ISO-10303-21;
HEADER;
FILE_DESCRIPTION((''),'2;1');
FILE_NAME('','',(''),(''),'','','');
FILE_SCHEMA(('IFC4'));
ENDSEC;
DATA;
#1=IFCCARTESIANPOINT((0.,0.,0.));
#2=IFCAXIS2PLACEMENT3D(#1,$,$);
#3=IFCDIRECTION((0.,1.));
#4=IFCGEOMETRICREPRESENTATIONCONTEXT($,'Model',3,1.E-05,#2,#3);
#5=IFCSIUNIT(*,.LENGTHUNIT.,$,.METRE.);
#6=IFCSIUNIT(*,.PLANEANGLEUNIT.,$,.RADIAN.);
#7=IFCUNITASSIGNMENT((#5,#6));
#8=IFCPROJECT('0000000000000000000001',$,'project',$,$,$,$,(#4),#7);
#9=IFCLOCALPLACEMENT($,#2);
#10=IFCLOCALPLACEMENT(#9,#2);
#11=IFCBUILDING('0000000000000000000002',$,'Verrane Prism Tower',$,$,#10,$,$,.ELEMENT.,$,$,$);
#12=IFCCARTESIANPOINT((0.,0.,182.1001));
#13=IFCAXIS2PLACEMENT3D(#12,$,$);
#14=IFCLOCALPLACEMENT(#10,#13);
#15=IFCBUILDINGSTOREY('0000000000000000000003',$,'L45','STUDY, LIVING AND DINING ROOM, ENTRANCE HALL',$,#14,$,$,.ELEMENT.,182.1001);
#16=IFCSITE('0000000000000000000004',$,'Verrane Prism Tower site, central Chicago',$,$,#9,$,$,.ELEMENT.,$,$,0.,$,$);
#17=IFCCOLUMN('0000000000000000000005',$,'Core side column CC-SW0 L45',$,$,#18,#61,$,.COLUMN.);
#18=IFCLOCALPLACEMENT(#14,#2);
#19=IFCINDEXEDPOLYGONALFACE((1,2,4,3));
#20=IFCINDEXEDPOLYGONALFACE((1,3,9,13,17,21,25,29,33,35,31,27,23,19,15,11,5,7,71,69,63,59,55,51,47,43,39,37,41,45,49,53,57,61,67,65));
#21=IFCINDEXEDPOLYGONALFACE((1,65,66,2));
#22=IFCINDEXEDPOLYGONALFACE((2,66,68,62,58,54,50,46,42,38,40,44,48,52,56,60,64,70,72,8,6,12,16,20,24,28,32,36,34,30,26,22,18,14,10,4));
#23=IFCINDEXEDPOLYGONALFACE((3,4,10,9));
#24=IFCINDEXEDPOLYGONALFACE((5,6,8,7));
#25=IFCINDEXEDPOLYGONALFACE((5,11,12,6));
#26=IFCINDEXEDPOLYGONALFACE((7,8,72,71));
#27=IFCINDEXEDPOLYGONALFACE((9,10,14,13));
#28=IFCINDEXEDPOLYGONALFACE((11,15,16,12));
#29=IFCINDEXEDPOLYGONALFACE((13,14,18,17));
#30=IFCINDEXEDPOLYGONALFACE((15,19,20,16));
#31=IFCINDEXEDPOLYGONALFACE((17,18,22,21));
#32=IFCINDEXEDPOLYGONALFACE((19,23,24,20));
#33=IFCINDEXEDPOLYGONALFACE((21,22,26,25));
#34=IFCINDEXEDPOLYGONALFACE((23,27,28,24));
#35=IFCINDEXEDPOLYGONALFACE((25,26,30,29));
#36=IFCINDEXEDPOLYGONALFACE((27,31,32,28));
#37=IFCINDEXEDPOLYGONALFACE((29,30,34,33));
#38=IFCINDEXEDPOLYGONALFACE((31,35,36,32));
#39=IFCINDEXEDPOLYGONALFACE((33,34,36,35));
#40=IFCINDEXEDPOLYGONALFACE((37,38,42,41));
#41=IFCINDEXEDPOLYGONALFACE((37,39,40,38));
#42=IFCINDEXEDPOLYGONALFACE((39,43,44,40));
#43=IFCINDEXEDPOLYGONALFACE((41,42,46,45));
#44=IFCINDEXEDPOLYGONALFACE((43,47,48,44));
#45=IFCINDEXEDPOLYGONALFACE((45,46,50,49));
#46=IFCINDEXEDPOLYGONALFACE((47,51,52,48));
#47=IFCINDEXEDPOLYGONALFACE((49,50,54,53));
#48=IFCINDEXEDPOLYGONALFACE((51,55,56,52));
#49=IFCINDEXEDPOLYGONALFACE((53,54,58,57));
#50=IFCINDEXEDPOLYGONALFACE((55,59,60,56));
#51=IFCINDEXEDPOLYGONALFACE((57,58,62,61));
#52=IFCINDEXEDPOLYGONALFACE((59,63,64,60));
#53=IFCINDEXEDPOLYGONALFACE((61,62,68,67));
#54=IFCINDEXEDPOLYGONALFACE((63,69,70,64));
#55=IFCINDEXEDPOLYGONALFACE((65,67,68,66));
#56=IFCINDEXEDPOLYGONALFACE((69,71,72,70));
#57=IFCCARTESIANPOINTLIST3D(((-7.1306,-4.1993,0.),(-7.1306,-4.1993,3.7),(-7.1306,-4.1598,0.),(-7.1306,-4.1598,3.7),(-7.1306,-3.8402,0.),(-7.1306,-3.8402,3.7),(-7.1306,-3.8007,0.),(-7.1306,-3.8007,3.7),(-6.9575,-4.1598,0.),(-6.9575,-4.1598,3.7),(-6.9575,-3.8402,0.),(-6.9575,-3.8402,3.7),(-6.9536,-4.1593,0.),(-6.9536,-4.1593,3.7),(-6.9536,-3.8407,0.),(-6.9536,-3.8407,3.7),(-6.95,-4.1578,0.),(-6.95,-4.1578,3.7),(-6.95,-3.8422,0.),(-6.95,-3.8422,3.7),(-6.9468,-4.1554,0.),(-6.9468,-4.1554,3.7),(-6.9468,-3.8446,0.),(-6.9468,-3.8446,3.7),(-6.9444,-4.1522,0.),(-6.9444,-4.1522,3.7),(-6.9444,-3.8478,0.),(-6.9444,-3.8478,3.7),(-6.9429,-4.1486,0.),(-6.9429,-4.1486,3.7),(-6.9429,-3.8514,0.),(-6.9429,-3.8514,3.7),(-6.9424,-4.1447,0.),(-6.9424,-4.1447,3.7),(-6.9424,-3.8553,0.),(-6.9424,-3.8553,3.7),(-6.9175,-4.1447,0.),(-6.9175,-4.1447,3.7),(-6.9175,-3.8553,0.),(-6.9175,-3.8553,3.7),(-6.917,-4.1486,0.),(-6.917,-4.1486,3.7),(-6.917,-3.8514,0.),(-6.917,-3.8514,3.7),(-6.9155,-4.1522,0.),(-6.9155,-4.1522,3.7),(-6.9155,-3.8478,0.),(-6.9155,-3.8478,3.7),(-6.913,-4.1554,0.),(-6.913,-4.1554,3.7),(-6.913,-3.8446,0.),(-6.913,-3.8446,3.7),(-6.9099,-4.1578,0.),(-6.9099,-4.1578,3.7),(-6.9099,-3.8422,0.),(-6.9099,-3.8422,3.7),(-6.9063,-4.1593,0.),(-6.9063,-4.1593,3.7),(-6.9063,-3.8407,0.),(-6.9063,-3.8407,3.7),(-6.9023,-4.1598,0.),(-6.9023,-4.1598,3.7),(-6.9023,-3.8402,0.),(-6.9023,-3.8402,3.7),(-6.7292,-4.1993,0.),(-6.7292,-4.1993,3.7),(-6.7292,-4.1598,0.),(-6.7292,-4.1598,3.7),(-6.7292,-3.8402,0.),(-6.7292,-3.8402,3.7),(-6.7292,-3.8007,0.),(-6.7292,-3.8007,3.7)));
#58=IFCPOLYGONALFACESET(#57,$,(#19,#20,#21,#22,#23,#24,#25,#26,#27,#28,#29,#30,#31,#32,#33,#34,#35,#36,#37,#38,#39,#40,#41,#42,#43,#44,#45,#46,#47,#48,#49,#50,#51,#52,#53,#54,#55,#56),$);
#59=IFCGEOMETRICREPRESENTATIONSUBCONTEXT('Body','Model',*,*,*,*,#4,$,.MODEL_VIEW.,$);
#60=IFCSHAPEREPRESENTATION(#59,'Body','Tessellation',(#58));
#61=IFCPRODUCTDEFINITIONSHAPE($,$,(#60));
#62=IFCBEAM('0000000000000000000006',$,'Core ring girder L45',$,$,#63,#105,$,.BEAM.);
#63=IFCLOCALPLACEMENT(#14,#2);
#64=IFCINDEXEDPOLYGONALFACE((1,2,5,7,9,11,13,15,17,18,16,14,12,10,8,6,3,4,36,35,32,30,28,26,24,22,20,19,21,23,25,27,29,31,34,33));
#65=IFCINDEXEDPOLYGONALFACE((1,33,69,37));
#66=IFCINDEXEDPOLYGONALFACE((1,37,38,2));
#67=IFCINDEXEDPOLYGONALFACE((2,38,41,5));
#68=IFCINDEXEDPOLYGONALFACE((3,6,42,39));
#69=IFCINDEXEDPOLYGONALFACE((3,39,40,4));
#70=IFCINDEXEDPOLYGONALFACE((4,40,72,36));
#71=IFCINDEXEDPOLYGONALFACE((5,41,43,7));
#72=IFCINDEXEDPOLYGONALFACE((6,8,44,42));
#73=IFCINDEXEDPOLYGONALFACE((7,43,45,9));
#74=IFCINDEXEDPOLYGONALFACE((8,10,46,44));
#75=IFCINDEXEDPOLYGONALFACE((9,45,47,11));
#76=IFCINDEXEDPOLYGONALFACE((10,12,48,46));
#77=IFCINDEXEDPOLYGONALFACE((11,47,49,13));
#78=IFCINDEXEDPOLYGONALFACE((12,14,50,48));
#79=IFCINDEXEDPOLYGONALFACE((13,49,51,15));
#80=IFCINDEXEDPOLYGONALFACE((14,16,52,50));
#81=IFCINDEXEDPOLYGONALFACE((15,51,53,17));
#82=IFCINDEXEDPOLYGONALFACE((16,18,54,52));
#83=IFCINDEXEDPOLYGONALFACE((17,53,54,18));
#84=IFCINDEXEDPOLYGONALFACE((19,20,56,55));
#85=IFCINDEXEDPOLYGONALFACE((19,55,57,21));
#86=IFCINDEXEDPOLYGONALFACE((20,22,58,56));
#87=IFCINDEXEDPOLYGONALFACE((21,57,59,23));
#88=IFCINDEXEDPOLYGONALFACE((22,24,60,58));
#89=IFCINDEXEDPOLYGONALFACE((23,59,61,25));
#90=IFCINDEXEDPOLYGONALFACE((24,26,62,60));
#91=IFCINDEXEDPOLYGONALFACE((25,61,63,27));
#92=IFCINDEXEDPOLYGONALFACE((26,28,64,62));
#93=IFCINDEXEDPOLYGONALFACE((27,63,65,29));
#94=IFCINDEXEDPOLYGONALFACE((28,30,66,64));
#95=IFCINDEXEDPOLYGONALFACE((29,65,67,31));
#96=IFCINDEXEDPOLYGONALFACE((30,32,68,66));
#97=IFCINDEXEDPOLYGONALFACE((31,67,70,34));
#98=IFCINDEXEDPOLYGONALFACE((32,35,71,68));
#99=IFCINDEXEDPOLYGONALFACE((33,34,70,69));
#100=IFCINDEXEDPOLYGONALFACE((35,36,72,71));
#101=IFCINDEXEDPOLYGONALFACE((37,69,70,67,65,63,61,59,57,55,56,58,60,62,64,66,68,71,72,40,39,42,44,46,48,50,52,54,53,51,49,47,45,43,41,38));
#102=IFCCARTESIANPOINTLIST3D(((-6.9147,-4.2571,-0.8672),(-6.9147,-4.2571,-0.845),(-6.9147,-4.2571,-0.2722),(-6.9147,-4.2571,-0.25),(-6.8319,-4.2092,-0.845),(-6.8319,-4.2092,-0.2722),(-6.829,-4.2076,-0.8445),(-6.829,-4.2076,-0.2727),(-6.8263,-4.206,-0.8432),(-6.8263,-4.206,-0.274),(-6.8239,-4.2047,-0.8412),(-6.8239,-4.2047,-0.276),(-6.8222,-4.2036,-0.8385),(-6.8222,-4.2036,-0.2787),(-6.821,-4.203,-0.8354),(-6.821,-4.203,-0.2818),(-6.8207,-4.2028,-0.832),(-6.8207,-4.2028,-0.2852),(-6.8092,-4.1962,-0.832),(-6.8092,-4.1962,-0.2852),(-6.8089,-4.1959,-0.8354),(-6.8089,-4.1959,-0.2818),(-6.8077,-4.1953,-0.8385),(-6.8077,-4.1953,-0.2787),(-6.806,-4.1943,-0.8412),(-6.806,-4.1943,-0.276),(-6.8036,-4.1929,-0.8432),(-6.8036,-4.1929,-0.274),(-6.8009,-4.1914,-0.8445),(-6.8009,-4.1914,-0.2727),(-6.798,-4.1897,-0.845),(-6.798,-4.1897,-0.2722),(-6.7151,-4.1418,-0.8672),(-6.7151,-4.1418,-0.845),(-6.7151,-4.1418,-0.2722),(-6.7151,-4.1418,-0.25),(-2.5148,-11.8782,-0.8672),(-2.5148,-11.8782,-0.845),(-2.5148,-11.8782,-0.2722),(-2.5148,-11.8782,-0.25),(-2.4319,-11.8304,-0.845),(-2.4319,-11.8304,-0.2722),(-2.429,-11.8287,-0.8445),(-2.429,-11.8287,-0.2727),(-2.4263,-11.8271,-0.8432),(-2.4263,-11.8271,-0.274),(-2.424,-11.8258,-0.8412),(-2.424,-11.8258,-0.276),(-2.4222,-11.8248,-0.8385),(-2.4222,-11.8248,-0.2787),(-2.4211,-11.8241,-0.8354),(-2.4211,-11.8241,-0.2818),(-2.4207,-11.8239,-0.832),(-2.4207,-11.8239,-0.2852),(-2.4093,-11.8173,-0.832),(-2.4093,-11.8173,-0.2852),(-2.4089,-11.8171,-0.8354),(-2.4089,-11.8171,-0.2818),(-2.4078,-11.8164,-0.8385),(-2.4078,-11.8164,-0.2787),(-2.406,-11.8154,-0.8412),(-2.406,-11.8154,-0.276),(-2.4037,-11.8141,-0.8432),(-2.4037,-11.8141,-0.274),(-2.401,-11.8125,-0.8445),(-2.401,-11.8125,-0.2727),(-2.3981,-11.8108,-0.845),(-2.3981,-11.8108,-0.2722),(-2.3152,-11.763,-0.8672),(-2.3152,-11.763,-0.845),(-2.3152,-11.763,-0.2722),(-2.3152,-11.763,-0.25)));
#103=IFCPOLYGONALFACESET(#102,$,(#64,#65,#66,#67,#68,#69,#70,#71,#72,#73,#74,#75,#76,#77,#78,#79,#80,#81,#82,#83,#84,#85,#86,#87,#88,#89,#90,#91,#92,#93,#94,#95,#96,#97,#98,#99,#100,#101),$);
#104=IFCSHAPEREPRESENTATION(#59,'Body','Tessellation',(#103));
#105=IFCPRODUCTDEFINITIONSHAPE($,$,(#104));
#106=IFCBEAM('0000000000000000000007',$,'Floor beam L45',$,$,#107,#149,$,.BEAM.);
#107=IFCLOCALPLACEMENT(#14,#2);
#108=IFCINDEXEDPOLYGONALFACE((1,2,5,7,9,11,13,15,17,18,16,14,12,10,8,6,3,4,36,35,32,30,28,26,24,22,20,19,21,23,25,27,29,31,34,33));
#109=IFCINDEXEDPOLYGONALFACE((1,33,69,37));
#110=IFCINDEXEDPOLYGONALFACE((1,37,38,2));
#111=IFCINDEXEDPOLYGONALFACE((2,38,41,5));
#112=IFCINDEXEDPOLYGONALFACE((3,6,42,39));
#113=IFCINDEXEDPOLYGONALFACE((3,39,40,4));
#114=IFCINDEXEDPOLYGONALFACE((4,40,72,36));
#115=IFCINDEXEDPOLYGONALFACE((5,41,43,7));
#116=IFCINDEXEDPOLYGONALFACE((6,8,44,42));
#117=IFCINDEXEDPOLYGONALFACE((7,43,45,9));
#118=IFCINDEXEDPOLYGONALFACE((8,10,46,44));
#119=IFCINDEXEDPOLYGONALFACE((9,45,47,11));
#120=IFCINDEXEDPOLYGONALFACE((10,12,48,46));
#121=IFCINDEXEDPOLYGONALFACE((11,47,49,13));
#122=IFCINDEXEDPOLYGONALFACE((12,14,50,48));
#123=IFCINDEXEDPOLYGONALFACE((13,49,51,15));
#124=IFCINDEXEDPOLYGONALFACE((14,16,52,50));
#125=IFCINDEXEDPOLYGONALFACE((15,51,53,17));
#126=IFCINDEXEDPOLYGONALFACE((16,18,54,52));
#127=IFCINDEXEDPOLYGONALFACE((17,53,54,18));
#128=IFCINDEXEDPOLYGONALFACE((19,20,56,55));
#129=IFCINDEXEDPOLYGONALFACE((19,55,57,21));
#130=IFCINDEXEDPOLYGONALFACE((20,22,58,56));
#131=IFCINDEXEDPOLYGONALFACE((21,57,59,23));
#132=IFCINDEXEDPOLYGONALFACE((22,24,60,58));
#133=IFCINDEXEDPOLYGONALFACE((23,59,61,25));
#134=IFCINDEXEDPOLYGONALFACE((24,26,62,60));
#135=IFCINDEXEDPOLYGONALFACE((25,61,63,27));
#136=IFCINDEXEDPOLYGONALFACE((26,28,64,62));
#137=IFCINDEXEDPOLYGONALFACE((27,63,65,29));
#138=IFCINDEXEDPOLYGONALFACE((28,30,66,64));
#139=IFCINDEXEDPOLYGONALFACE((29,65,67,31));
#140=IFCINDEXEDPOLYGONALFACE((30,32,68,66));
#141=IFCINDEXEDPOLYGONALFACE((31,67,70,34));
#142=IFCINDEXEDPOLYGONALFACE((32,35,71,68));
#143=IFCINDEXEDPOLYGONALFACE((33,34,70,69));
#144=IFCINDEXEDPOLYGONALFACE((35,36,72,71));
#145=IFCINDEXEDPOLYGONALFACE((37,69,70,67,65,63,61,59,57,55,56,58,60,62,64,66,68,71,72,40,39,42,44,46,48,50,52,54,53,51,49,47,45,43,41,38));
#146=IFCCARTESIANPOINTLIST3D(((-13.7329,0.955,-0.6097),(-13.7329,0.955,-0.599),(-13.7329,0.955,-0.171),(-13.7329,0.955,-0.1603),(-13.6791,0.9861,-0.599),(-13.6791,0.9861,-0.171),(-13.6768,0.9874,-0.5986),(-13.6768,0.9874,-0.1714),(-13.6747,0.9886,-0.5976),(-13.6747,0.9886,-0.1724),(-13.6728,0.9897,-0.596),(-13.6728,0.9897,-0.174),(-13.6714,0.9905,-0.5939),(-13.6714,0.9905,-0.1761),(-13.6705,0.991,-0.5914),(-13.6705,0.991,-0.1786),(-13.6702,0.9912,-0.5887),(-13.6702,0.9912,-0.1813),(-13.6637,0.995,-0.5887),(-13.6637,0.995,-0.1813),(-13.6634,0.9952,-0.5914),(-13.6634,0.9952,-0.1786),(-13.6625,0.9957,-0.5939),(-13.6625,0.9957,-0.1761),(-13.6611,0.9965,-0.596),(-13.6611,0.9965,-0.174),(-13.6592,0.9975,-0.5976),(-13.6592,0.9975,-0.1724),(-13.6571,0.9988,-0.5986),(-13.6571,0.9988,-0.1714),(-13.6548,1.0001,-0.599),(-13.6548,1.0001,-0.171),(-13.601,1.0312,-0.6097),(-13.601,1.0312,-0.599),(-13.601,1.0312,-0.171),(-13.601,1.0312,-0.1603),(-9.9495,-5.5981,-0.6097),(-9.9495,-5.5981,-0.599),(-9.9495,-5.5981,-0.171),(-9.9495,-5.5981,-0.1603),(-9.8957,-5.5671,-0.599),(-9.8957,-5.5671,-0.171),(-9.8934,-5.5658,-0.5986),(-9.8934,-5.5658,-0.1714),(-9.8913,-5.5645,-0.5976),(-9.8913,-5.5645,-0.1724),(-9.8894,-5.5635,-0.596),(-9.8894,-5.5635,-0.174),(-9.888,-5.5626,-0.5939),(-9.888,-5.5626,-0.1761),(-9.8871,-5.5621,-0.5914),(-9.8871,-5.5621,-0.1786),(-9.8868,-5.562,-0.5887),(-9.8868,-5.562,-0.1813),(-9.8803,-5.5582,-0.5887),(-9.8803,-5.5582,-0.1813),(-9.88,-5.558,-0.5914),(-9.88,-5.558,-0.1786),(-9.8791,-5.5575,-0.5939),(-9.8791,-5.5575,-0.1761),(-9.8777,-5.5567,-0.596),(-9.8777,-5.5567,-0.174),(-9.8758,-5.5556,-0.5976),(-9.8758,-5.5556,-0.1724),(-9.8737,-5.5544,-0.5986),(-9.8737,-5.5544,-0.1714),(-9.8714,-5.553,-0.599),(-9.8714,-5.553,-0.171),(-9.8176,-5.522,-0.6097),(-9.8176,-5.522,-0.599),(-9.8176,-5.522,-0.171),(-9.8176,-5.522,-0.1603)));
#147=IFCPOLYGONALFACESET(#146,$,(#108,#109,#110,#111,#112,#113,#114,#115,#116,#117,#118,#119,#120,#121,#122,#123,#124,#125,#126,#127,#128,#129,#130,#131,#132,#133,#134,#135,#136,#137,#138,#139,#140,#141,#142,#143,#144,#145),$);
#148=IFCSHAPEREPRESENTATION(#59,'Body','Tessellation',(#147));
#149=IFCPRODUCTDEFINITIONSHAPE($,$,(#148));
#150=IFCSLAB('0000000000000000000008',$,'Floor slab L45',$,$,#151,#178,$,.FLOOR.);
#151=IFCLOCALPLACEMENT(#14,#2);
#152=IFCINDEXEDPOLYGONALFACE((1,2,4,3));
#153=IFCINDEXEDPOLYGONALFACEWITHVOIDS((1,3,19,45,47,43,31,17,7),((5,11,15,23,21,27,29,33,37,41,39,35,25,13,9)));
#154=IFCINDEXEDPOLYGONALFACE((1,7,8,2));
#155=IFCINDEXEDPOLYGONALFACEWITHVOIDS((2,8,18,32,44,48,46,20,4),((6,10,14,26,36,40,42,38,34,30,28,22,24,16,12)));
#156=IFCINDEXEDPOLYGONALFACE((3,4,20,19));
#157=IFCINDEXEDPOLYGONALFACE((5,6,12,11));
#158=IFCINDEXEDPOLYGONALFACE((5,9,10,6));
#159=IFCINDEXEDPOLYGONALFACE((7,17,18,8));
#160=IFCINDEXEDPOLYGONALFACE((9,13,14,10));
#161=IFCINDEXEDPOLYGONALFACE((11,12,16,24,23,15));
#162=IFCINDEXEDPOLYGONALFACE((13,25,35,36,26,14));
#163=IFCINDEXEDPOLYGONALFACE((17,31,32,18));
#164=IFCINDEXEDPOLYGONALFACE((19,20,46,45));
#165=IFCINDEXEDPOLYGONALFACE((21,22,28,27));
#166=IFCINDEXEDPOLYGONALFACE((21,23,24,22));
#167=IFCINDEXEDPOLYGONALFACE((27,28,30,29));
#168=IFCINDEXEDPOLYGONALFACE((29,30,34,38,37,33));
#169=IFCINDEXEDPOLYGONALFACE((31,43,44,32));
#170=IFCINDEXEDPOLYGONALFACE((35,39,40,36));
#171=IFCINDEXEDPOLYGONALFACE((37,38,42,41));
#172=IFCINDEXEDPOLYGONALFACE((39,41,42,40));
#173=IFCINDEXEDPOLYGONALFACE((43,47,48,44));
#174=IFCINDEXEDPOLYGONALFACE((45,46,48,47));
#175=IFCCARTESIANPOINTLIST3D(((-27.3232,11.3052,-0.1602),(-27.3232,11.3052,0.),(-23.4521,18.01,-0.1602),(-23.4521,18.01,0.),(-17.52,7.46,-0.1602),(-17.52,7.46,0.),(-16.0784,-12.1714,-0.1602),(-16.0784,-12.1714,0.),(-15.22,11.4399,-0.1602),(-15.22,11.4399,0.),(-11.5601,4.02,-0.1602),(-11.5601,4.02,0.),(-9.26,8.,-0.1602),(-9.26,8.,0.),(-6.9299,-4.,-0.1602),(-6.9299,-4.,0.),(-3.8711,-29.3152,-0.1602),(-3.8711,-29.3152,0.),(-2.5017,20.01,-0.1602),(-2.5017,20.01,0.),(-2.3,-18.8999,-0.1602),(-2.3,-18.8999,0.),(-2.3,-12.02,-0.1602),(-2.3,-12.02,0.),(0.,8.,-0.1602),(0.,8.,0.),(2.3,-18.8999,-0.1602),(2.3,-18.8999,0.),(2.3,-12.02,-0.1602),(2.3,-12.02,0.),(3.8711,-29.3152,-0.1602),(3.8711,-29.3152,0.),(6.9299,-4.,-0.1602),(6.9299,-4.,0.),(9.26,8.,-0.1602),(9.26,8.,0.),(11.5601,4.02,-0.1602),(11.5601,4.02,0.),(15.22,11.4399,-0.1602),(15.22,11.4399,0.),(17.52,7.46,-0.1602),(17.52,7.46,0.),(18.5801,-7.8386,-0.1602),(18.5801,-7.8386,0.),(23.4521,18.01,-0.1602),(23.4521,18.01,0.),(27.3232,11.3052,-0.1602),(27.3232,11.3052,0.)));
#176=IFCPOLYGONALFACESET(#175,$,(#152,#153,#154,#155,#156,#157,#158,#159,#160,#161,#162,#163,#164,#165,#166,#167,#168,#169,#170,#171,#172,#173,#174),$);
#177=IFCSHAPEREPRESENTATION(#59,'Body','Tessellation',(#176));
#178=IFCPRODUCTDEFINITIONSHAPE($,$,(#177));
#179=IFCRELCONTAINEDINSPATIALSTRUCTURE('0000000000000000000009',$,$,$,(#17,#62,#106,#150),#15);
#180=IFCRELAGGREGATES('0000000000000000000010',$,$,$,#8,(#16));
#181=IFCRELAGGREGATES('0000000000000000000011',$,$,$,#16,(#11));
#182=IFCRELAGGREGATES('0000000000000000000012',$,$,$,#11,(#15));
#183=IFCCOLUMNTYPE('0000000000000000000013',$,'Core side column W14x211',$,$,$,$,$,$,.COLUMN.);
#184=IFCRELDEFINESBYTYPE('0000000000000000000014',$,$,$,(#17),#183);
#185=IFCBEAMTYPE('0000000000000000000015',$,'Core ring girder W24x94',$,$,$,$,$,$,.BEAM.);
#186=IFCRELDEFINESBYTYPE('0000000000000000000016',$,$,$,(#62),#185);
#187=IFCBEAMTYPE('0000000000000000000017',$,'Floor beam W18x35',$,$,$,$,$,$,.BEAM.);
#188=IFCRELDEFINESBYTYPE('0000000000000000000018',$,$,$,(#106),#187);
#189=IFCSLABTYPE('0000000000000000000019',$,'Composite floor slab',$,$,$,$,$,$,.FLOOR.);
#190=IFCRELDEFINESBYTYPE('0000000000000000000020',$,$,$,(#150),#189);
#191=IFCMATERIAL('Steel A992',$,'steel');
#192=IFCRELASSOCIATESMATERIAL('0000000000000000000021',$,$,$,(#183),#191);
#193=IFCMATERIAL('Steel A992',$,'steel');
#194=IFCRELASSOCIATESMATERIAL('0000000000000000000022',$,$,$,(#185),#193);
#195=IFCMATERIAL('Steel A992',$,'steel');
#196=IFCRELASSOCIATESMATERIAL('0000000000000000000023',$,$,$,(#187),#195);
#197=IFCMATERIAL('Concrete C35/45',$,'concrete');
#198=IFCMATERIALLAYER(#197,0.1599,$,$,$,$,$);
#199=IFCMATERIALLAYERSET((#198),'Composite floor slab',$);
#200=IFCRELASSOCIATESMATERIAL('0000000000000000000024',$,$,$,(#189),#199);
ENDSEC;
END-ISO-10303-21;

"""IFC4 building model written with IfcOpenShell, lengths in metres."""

from ifc_helpers import new_model, si_unit, direction, frame, origin, origin_2d, place, context, subcontext, project, spatial, polyline, i_section, outline, extrude, material, layer, layer_set, material_profile, profile_set, type_object, element, save


model = new_model("IFC4")

# Units and contexts
model_context = context("Model", 3, precision=1e-05, world=origin(), true_north=direction((0.0, 1.0)))
body_context = subcontext(model_context, "Body", "Model", "MODEL_VIEW")
ifc_project = project(units=[si_unit("LENGTHUNIT", "METRE"), si_unit("PLANEANGLEUNIT", "RADIAN")], contexts=[model_context])

# Site, building, storey
site_placement = place(None, origin())
site = spatial("IfcSite", under=ifc_project, at=site_placement, Name="Verrane Prism Tower site, central Chicago", CompositionType="ELEMENT", RefElevation=0.0)
building_placement = place(site_placement, origin())
building = spatial("IfcBuilding", under=site, at=building_placement, Name="Verrane Prism Tower", CompositionType="ELEMENT")
storey_placement = place(building_placement, frame((0.0, 0.0, 182.1001)))
storey = spatial("IfcBuildingStorey", under=building, at=storey_placement, Name="L45", Description="STUDY, LIVING AND DINING ROOM, ENTRANCE HALL", CompositionType="ELEMENT", Elevation=182.1001)

# Column
ifc_material_1 = material(Name="Steel A992", Category="steel")
ifc_material_profile_1 = material_profile(ifc_material_1, i_section(OverallWidth=0.4014, OverallDepth=0.3987, WebThickness=0.0249, FlangeThickness=0.0396, FilletRadius=0.0151, at=origin_2d()), Name="W14x211")
ifc_profile_set_1 = profile_set([ifc_material_profile_1], Name="Steel A992")
column_type = type_object("IfcColumnType", Name="Core side column W14x211", PredefinedType="COLUMN", material=ifc_profile_set_1)
column_placement = place(storey_placement, frame((-6.9299, -4.0, 0.0), z_axis=(0.0, 0.0, 1.0), x_axis=(1.0, 0.0, 0.0)))
element("IfcColumn", 1, at=column_placement, inside=storey, type_object=column_type, Name="Core side column CC-SW0 L45", PredefinedType="COLUMN", context=body_context, shape_type="SweptSolid", body=[
    extrude(i_section(OverallWidth=0.4014, OverallDepth=0.3987, WebThickness=0.0249, FlangeThickness=0.0396, FilletRadius=0.0151, at=origin_2d()), origin(), (0.0, 0.0, 1.0), 3.7),
])

# Beams
ifc_material_2 = material(Name="Steel A992", Category="steel")
ifc_material_profile_2 = material_profile(ifc_material_2, i_section(OverallWidth=0.2305, OverallDepth=0.6172, WebThickness=0.0132, FlangeThickness=0.0222, FilletRadius=0.0129, at=origin_2d()), Name="W24x94")
ifc_profile_set_2 = profile_set([ifc_material_profile_2], Name="Steel A992")
beam_type_1 = type_object("IfcBeamType", Name="Core ring girder W24x94", PredefinedType="BEAM", material=ifc_profile_set_2)
beam_1_placement = place(storey_placement, frame((-6.8149, -4.1995, -0.5586), z_axis=(0.499988, -0.866032, 0.0), x_axis=(0.866032, 0.499988, 0.0)))
element("IfcBeam", 2, at=beam_1_placement, inside=storey, type_object=beam_type_1, Name="Core ring girder L45", PredefinedType="BEAM", context=body_context, shape_type="SweptSolid", body=[
    extrude(i_section(OverallWidth=0.2305, OverallDepth=0.6172, WebThickness=0.0132, FlangeThickness=0.0222, FilletRadius=0.0129, at=origin_2d()), origin(), (0.0, 0.0, 1.0), 8.8),
])
ifc_material_3 = material(Name="Steel A992", Category="steel")
ifc_material_profile_3 = material_profile(ifc_material_3, i_section(OverallWidth=0.1523, OverallDepth=0.4495, WebThickness=0.0076, FlangeThickness=0.0107, FilletRadius=0.0103, at=origin_2d()), Name="W18x35")
ifc_profile_set_3 = profile_set([ifc_material_profile_3], Name="Steel A992")
beam_type_2 = type_object("IfcBeamType", Name="Floor beam W18x35", PredefinedType="BEAM", material=ifc_profile_set_3)
beam_2_placement = place(storey_placement, frame((-9.8835, -5.5601, -0.385), z_axis=(-0.499994, 0.866029, 0.0), x_axis=(-0.866029, -0.499994, 0.0)))
element("IfcBeam", 3, at=beam_2_placement, inside=storey, type_object=beam_type_2, Name="Floor beam L45", PredefinedType="BEAM", context=body_context, shape_type="SweptSolid", body=[
    extrude(i_section(OverallWidth=0.1523, OverallDepth=0.4495, WebThickness=0.0076, FlangeThickness=0.0107, FilletRadius=0.0103, at=origin_2d()), origin(), (0.0, 0.0, 1.0), 7.5669),
])

# Slab
ifc_material_4 = material(Name="Concrete C35/45", Category="concrete")
ifc_layer_1 = layer(ifc_material_4, 0.1599)
ifc_layer_set_1 = layer_set([ifc_layer_1], Name="Composite floor slab")
slab_type = type_object("IfcSlabType", Name="Composite floor slab", PredefinedType="FLOOR", material=ifc_layer_set_1)
slab_placement = place(storey_placement, frame((0.0, 0.0, -0.1602)))
element("IfcSlab", 4, at=slab_placement, inside=storey, type_object=slab_type, Name="Floor slab L45", PredefinedType="FLOOR", context=body_context, shape_type="SweptSolid", body=[
    extrude(outline(polyline([(18.5801, -7.8386), (3.8711, -29.3152), (-3.8711, -29.3152), (-16.0784, -12.1714), (-27.3232, 11.3052), (-23.4521, 18.01), (-2.5017, 20.01), (23.4521, 18.01), (27.3232, 11.3052), (18.5801, -7.8386)]), holes=[polyline([(17.52, 7.46), (15.22, 11.4399), (9.26, 8.0), (0.0, 8.0), (-9.26, 8.0), (-15.22, 11.4399), (-17.52, 7.46), (-11.5601, 4.02), (-6.9299, -4.0), (-2.3, -12.02), (-2.3, -18.8999), (2.3, -18.8999), (2.3, -12.02), (6.9299, -4.0), (11.5601, 4.02), (17.52, 7.46)])]), origin(), (0.0, 0.0, 1.0), 0.1602),
])

save(model, "model.ifc")
